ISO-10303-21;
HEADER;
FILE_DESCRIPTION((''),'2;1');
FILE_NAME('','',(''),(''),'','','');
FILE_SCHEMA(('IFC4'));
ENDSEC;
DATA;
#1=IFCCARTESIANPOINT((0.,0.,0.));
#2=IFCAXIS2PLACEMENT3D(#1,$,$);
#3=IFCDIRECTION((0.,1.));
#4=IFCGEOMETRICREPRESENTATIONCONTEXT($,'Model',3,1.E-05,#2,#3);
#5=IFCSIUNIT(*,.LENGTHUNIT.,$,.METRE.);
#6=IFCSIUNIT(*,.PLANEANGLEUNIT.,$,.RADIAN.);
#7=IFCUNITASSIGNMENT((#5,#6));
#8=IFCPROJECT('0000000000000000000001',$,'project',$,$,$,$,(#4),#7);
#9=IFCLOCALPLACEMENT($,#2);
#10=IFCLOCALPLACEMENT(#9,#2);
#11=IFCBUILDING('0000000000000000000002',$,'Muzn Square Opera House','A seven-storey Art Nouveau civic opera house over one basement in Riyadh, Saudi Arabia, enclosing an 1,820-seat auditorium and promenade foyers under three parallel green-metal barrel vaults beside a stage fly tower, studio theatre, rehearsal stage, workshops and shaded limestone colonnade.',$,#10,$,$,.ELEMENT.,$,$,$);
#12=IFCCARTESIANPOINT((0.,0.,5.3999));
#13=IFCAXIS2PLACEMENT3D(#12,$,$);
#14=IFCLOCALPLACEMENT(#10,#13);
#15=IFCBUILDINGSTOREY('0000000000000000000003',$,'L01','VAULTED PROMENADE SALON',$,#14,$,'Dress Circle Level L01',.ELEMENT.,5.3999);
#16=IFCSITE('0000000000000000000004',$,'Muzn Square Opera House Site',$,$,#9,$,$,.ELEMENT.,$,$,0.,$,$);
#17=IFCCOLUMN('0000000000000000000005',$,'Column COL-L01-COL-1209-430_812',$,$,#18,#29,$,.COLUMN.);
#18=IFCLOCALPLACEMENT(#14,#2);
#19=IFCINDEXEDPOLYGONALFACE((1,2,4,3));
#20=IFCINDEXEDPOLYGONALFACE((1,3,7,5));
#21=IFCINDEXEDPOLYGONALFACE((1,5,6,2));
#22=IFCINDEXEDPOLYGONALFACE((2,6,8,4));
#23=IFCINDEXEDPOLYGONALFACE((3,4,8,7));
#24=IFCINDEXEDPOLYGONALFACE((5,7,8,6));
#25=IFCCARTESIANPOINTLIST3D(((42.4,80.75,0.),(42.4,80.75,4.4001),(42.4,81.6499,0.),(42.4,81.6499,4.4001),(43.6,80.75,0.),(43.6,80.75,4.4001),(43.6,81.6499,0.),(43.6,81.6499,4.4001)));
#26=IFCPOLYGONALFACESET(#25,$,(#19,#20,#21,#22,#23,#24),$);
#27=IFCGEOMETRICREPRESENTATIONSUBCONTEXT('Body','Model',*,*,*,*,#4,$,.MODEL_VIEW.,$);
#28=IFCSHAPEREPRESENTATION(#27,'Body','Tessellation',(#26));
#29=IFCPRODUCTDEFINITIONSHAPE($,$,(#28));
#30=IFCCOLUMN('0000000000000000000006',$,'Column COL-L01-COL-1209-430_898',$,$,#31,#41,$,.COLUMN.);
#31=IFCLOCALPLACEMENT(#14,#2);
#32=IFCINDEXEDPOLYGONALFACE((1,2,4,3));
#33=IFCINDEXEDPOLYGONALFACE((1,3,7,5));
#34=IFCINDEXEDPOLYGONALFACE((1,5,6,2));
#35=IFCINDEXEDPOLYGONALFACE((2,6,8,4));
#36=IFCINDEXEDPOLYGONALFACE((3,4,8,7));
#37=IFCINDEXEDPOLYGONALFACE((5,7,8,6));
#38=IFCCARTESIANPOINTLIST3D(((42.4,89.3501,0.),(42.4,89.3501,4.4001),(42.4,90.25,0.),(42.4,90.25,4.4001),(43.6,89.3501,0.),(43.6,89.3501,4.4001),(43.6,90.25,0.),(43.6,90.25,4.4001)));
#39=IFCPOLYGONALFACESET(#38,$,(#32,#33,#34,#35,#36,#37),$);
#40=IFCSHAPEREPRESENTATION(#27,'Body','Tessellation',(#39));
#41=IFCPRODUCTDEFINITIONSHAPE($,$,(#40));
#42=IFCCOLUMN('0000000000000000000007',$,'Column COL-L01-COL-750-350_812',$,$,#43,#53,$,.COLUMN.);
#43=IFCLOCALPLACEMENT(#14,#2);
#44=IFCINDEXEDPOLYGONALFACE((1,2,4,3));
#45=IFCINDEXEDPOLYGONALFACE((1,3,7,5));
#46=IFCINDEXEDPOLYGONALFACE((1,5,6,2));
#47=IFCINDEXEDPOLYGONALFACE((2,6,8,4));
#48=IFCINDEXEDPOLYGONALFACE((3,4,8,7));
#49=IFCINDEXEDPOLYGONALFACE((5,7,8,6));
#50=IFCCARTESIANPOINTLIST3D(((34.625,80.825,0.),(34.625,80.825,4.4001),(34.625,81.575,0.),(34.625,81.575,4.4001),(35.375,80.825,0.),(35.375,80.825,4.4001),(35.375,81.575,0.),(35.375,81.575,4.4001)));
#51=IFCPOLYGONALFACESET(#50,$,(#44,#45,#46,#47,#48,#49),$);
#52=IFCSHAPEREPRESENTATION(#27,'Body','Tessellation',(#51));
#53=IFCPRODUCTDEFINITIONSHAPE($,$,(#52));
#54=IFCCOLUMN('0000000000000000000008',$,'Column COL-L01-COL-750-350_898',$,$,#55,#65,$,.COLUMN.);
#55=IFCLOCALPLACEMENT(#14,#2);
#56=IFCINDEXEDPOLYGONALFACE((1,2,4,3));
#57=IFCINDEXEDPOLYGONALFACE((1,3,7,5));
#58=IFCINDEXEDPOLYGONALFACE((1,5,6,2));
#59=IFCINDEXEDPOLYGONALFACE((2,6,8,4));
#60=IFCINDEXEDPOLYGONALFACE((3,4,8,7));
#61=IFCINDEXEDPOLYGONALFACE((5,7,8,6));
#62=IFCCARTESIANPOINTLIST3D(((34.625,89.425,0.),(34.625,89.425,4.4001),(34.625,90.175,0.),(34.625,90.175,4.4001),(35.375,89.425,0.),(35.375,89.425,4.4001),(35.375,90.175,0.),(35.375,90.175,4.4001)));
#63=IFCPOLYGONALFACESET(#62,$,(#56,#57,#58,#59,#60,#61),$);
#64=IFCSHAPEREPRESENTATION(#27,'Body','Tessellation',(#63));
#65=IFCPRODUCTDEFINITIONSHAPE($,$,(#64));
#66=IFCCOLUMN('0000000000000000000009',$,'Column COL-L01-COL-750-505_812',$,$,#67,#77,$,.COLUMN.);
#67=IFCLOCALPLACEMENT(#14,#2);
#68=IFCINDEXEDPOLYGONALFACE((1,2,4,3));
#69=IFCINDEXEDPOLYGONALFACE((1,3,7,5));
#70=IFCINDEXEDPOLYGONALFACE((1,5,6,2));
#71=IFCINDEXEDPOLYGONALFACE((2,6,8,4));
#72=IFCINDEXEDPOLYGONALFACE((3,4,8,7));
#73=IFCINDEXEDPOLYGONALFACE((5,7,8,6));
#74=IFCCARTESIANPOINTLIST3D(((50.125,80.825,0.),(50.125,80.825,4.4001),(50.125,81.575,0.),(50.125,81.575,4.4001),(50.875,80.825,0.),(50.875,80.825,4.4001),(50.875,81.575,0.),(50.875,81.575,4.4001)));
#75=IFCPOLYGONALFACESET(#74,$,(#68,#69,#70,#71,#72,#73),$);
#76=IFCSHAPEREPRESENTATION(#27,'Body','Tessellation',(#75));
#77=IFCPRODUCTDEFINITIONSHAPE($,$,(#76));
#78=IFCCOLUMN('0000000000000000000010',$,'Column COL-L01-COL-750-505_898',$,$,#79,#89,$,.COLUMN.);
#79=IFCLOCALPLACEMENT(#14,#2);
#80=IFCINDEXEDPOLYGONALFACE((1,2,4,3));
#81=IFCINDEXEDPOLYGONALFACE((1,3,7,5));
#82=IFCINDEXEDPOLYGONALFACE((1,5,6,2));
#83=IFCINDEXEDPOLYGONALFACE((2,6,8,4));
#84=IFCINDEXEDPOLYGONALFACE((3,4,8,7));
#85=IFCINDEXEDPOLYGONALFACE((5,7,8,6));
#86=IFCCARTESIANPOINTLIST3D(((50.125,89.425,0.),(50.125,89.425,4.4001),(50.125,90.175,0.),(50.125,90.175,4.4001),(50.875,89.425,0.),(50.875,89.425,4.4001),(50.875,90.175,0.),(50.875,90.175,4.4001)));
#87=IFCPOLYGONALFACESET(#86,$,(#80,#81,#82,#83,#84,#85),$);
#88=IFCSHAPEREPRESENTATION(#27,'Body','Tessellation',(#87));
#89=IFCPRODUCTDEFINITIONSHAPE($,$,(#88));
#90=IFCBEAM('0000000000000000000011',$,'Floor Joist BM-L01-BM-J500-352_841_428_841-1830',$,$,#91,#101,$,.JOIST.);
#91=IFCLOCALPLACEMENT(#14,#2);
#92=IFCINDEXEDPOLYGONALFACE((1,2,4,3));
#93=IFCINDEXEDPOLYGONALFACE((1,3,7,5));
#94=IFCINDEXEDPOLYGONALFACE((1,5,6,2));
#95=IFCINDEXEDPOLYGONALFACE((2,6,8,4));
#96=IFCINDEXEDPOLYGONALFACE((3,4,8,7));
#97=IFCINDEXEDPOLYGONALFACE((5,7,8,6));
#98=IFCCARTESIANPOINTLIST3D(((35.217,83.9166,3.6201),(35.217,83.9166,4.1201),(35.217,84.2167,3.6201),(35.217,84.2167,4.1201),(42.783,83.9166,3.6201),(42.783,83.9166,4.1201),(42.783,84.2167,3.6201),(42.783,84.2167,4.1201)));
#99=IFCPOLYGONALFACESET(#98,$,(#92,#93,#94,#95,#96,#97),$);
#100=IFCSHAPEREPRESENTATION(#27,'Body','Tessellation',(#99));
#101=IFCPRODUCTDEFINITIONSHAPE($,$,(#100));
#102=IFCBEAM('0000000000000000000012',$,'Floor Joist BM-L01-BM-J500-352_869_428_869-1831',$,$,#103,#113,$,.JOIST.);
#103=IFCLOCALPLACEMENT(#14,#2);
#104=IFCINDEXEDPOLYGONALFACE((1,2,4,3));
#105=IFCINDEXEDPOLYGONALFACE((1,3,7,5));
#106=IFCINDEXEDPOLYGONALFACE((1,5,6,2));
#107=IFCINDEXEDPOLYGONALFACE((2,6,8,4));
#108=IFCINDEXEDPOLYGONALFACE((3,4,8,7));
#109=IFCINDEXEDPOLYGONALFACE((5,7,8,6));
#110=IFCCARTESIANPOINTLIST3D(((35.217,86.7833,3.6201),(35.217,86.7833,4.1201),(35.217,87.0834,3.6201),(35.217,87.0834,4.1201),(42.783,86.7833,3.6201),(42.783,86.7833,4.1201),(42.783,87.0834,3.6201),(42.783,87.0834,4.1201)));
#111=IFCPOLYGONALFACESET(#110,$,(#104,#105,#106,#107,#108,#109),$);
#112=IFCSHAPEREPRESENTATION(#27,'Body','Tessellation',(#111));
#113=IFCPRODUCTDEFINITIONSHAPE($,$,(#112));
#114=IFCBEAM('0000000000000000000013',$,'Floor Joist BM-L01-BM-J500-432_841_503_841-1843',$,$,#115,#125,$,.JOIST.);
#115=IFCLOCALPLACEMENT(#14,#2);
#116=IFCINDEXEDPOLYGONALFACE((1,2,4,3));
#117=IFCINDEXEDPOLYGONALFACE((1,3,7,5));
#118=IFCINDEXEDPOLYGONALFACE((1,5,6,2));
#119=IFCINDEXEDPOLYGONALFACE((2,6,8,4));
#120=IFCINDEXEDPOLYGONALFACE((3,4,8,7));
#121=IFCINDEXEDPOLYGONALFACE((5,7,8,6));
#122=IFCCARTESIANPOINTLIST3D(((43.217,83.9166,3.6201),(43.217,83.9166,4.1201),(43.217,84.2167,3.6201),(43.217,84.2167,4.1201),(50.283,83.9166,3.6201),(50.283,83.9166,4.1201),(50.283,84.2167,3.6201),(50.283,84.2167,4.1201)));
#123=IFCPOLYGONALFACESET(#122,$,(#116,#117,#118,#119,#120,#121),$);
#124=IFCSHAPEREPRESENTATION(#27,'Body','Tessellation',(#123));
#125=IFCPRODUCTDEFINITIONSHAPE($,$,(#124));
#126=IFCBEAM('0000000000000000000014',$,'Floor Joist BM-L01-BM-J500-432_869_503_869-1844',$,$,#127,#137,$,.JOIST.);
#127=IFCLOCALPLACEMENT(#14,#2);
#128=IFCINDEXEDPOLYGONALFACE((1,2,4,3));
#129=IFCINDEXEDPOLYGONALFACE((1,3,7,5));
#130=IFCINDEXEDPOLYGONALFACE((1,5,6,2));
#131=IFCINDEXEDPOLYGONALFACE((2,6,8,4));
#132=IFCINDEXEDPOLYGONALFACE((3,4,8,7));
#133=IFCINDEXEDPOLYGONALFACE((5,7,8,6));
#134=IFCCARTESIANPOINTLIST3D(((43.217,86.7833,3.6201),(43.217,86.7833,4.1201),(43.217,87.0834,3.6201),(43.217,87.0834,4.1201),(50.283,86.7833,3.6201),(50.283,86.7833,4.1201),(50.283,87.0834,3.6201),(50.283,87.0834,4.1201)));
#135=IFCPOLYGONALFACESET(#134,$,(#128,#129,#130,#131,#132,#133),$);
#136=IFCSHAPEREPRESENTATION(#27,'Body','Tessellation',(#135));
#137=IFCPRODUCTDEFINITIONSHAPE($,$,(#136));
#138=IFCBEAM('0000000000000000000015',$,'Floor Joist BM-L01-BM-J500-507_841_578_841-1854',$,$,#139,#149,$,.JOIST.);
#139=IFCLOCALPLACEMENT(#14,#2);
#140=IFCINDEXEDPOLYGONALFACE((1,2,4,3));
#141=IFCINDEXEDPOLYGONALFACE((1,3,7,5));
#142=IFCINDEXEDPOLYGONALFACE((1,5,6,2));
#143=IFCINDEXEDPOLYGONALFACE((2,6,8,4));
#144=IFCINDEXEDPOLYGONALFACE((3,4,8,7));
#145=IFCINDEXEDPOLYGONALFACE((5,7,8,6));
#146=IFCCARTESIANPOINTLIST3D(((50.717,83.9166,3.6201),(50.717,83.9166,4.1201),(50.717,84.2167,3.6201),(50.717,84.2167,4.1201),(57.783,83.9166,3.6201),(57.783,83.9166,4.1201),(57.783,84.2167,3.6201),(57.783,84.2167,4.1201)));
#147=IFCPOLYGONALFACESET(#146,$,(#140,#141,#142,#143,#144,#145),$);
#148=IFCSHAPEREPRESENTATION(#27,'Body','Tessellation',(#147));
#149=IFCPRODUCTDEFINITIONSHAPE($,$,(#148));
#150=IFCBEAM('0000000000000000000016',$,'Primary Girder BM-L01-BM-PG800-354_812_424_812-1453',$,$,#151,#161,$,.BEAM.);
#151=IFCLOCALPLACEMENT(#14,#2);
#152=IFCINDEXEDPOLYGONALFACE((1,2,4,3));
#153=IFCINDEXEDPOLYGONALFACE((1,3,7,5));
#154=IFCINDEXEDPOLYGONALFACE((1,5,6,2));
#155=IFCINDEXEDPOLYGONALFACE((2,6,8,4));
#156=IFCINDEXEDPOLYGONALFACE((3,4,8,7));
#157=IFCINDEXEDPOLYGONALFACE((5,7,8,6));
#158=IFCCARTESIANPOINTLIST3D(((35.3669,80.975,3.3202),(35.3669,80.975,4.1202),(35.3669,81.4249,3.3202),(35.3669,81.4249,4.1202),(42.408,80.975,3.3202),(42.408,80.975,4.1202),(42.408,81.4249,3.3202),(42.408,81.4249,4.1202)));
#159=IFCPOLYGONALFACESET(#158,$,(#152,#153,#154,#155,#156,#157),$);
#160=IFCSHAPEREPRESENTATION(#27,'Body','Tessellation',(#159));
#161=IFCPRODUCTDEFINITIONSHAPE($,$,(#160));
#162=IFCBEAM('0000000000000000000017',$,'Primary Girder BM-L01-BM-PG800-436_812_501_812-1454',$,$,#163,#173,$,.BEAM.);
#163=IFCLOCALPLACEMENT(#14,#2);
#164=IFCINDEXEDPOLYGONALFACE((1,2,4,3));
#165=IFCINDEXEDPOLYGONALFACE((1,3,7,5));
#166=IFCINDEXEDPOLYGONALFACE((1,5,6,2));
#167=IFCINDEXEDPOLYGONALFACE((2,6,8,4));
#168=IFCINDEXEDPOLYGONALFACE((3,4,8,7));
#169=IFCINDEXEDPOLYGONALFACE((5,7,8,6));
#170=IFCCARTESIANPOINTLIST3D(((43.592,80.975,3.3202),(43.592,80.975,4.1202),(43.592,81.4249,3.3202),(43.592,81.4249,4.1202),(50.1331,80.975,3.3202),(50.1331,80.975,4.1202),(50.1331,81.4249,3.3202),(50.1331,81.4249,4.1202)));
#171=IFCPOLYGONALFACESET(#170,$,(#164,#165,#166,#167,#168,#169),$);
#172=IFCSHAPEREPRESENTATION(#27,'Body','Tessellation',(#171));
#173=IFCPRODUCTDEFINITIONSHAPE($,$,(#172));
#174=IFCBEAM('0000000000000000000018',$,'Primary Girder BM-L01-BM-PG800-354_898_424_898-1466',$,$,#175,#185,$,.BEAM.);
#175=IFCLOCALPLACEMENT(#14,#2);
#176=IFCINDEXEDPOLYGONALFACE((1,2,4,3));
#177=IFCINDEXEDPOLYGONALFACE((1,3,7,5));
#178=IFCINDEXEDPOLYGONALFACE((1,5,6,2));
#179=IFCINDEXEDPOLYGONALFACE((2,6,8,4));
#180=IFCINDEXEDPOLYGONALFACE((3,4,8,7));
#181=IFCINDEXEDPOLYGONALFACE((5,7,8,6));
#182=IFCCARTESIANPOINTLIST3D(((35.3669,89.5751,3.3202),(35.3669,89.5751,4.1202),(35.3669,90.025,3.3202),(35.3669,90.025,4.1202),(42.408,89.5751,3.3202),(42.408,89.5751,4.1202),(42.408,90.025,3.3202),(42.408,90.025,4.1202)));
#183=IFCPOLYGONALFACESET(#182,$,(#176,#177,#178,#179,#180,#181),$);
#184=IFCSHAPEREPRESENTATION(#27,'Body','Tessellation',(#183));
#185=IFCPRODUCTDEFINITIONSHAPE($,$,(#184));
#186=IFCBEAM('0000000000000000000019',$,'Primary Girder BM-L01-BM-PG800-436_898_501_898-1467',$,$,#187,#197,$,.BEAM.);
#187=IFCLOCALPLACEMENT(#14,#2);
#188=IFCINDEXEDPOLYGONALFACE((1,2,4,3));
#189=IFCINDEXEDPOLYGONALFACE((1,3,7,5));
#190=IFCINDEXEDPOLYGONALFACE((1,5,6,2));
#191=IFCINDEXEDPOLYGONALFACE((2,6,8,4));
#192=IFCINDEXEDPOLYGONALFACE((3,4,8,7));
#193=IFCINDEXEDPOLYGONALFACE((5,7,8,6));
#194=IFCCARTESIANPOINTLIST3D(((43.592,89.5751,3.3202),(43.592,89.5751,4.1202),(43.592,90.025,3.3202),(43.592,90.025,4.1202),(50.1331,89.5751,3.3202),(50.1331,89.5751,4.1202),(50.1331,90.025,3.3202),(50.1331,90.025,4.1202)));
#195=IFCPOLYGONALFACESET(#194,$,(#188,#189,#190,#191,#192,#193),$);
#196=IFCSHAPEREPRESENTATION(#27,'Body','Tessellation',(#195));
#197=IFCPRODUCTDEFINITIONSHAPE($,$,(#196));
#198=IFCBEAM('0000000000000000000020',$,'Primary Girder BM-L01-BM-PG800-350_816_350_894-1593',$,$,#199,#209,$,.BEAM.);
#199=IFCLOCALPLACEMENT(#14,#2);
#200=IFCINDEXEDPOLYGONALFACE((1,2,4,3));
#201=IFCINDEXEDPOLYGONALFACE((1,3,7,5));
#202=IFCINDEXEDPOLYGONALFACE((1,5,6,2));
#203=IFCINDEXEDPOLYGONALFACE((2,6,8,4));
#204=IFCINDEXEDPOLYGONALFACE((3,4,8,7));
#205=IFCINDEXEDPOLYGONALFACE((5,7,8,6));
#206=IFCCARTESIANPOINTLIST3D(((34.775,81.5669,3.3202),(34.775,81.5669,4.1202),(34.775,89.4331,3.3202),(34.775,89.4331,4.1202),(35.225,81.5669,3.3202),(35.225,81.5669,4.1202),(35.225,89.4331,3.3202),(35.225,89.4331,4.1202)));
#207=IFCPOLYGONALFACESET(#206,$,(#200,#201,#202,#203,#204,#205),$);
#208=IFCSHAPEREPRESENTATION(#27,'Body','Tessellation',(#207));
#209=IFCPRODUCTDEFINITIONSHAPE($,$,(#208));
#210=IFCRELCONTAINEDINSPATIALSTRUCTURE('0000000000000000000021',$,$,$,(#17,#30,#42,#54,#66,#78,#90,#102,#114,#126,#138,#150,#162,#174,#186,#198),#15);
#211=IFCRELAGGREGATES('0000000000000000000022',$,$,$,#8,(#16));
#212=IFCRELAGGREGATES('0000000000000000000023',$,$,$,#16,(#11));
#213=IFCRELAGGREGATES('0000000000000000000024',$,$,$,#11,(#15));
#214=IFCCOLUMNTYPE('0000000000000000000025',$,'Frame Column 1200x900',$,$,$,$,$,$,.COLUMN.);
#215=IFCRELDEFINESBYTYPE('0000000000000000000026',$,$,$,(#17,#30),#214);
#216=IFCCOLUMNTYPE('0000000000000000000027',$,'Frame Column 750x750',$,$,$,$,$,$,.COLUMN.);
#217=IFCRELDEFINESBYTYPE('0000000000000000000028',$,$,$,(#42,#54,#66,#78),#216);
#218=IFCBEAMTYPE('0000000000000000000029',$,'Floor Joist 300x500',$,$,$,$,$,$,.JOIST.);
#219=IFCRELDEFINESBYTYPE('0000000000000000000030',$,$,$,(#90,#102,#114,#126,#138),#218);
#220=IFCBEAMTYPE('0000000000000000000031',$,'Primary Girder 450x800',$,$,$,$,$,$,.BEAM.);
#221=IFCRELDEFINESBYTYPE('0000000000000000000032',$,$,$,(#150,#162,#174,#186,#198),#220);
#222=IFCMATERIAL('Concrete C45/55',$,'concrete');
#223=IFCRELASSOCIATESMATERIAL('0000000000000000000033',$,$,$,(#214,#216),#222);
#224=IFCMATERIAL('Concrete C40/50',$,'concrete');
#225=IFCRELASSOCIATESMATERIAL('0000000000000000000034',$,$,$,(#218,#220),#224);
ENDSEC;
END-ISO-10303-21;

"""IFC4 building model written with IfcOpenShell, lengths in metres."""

from ifc_helpers import new_model, si_unit, direction, frame, origin, origin_2d, place, context, subcontext, project, spatial, rectangle, extrude, material, material_profile, profile_set, type_object, element, save


model = new_model("IFC4")

# Units and contexts
model_context = context("Model", 3, precision=1e-05, world=origin(), true_north=direction((0.0, 1.0)))
body_context = subcontext(model_context, "Body", "Model", "MODEL_VIEW")
ifc_project = project(units=[si_unit("LENGTHUNIT", "METRE"), si_unit("PLANEANGLEUNIT", "RADIAN")], contexts=[model_context])

# Site, building, storey
site_placement = place(None, origin())
site = spatial("IfcSite", under=ifc_project, at=site_placement, Name="Muzn Square Opera House Site", CompositionType="ELEMENT", RefElevation=0.0)
building_placement = place(site_placement, origin())
building = spatial("IfcBuilding", under=site, at=building_placement, Name="Muzn Square Opera House", Description="A seven-storey Art Nouveau civic opera house over one basement in Riyadh, Saudi Arabia, enclosing an 1,820-seat auditorium and promenade foyers under three parallel green-metal barrel vaults beside a stage fly tower, studio theatre, rehearsal stage, workshops and shaded limestone colonnade.", CompositionType="ELEMENT")
storey_placement = place(building_placement, frame((0.0, 0.0, 5.3999)))
storey = spatial("IfcBuildingStorey", under=building, at=storey_placement, Name="L01", Description="VAULTED PROMENADE SALON", LongName="Dress Circle Level L01", CompositionType="ELEMENT", Elevation=5.3999)

# Columns
ifc_material_1 = material(Name="Concrete C45/55", Category="concrete")
ifc_material_profile_1 = material_profile(ifc_material_1, rectangle(XDim=1.2, YDim=0.8999, at=origin_2d()), Name="RC 1200x900", Category="concrete")
ifc_profile_set_1 = profile_set([ifc_material_profile_1], Name="Concrete C45/55")
column_type_1 = type_object("IfcColumnType", Name="Frame Column 1200x900", PredefinedType="COLUMN", material=ifc_profile_set_1)
for number, where, z_axis, x_axis, name in (
    (1, (43.0, 81.2, 0.0), (0.0, 0.0, 1.0), (1.0, 0.0, 0.0), "Column COL-L01-COL-1209-430_812"),
    (2, (43.0, 89.8, 0.0), (0.0, 0.0, 1.0), (1.0, 0.0, 0.0), "Column COL-L01-COL-1209-430_898"),
):
    element("IfcColumn", number, at=place(storey_placement, frame(where, z_axis=z_axis, x_axis=x_axis)), inside=storey, type_object=column_type_1, Name=name, PredefinedType="COLUMN", context=body_context, shape_type="SweptSolid", body=[
        extrude(rectangle(XDim=1.2, YDim=0.8999, at=origin_2d()), origin(), (0.0, 0.0, 1.0), 4.4001),
    ])
ifc_material_profile_2 = material_profile(ifc_material_1, rectangle(XDim=0.75, YDim=0.75, at=origin_2d()), Name="RC 750x750", Category="concrete")
ifc_profile_set_2 = profile_set([ifc_material_profile_2], Name="Concrete C45/55")
column_type_2 = type_object("IfcColumnType", Name="Frame Column 750x750", PredefinedType="COLUMN", material=ifc_profile_set_2)
for number, where, z_axis, x_axis, name in (
    (3, (35.0, 81.2, 0.0), (0.0, 0.0, 1.0), (1.0, 0.0, 0.0), "Column COL-L01-COL-750-350_812"),
    (4, (35.0, 89.8, 0.0), (0.0, 0.0, 1.0), (1.0, 0.0, 0.0), "Column COL-L01-COL-750-350_898"),
    (5, (50.5, 81.2, 0.0), (0.0, 0.0, 1.0), (1.0, 0.0, 0.0), "Column COL-L01-COL-750-505_812"),
    (6, (50.5, 89.8, 0.0), (0.0, 0.0, 1.0), (1.0, 0.0, 0.0), "Column COL-L01-COL-750-505_898"),
):
    element("IfcColumn", number, at=place(storey_placement, frame(where, z_axis=z_axis, x_axis=x_axis)), inside=storey, type_object=column_type_2, Name=name, PredefinedType="COLUMN", context=body_context, shape_type="SweptSolid", body=[
        extrude(rectangle(XDim=0.75, YDim=0.75, at=origin_2d()), origin(), (0.0, 0.0, 1.0), 4.4001),
    ])

# Beams
ifc_material_2 = material(Name="Concrete C40/50", Category="concrete")
ifc_material_profile_3 = material_profile(ifc_material_2, rectangle(XDim=0.3, YDim=0.5, at=origin_2d()), Name="RCJ 300x500", Category="concrete")
ifc_profile_set_3 = profile_set([ifc_material_profile_3], Name="Concrete C40/50")
beam_type_1 = type_object("IfcBeamType", Name="Floor Joist 300x500", PredefinedType="JOIST", material=ifc_profile_set_3)
for number, where, z_axis, x_axis, name in (
    (7, (35.217, 84.0667, 3.8701), (1.0, 0.0, 0.0), (0.0, 1.0, 0.0), "Floor Joist BM-L01-BM-J500-352_841_428_841-1830"),
    (8, (35.217, 86.9333, 3.8701), (1.0, 0.0, 0.0), (0.0, 1.0, 0.0), "Floor Joist BM-L01-BM-J500-352_869_428_869-1831"),
):
    element("IfcBeam", number, at=place(storey_placement, frame(where, z_axis=z_axis, x_axis=x_axis)), inside=storey, type_object=beam_type_1, Name=name, PredefinedType="JOIST", context=body_context, shape_type="SweptSolid", body=[
        extrude(rectangle(XDim=0.3, YDim=0.5, at=origin_2d()), origin(), (0.0, 0.0, 1.0), 7.5659),
    ])
for number, where, z_axis, x_axis, name in (
    (9, (43.217, 84.0667, 3.8701), (1.0, 0.0, 0.0), (0.0, 1.0, 0.0), "Floor Joist BM-L01-BM-J500-432_841_503_841-1843"),
    (10, (43.217, 86.9333, 3.8701), (1.0, 0.0, 0.0), (0.0, 1.0, 0.0), "Floor Joist BM-L01-BM-J500-432_869_503_869-1844"),
    (11, (50.717, 84.0667, 3.8701), (1.0, 0.0, 0.0), (0.0, 1.0, 0.0), "Floor Joist BM-L01-BM-J500-507_841_578_841-1854"),
):
    element("IfcBeam", number, at=place(storey_placement, frame(where, z_axis=z_axis, x_axis=x_axis)), inside=storey, type_object=beam_type_1, Name=name, PredefinedType="JOIST", context=body_context, shape_type="SweptSolid", body=[
        extrude(rectangle(XDim=0.3, YDim=0.5, at=origin_2d()), origin(), (0.0, 0.0, 1.0), 7.0659),
    ])
ifc_material_profile_4 = material_profile(ifc_material_2, rectangle(XDim=0.45, YDim=0.8, at=origin_2d()), Name="RCB 450x800", Category="concrete")
ifc_profile_set_4 = profile_set([ifc_material_profile_4], Name="Concrete C40/50")
beam_type_2 = type_object("IfcBeamType", Name="Primary Girder 450x800", PredefinedType="BEAM", material=ifc_profile_set_4)
beam_1_placement = place(storey_placement, frame((35.3669, 81.2, 3.7202), z_axis=(1.0, 0.0, 0.0), x_axis=(0.0, 1.0, 0.0)))
element("IfcBeam", 12, at=beam_1_placement, inside=storey, type_object=beam_type_2, Name="Primary Girder BM-L01-BM-PG800-354_812_424_812-1453", PredefinedType="BEAM", context=body_context, shape_type="SweptSolid", body=[
    extrude(rectangle(XDim=0.45, YDim=0.8, at=origin_2d()), origin(), (0.0, 0.0, 1.0), 7.041),
])
beam_2_placement = place(storey_placement, frame((43.592, 81.2, 3.7202), z_axis=(1.0, 0.0, 0.0), x_axis=(0.0, 1.0, 0.0)))
element("IfcBeam", 13, at=beam_2_placement, inside=storey, type_object=beam_type_2, Name="Primary Girder BM-L01-BM-PG800-436_812_501_812-1454", PredefinedType="BEAM", context=body_context, shape_type="SweptSolid", body=[
    extrude(rectangle(XDim=0.45, YDim=0.8, at=origin_2d()), origin(), (0.0, 0.0, 1.0), 6.541),
])
beam_3_placement = place(storey_placement, frame((35.3669, 89.8, 3.7202), z_axis=(1.0, 0.0, 0.0), x_axis=(0.0, 1.0, 0.0)))
element("IfcBeam", 14, at=beam_3_placement, inside=storey, type_object=beam_type_2, Name="Primary Girder BM-L01-BM-PG800-354_898_424_898-1466", PredefinedType="BEAM", context=body_context, shape_type="SweptSolid", body=[
    extrude(rectangle(XDim=0.45, YDim=0.8, at=origin_2d()), origin(), (0.0, 0.0, 1.0), 7.041),
])
beam_4_placement = place(storey_placement, frame((43.592, 89.8, 3.7202), z_axis=(1.0, 0.0, 0.0), x_axis=(0.0, 1.0, 0.0)))
element("IfcBeam", 15, at=beam_4_placement, inside=storey, type_object=beam_type_2, Name="Primary Girder BM-L01-BM-PG800-436_898_501_898-1467", PredefinedType="BEAM", context=body_context, shape_type="SweptSolid", body=[
    extrude(rectangle(XDim=0.45, YDim=0.8, at=origin_2d()), origin(), (0.0, 0.0, 1.0), 6.541),
])
beam_5_placement = place(storey_placement, frame((35.0, 81.5669, 3.7202), z_axis=(0.0, 1.0, 0.0), x_axis=(-1.0, 0.0, 0.0)))
element("IfcBeam", 16, at=beam_5_placement, inside=storey, type_object=beam_type_2, Name="Primary Girder BM-L01-BM-PG800-350_816_350_894-1593", PredefinedType="BEAM", context=body_context, shape_type="SweptSolid", body=[
    extrude(rectangle(XDim=0.45, YDim=0.8, at=origin_2d()), origin(), (0.0, 0.0, 1.0), 7.8662),
])

save(model, "model.ifc")
